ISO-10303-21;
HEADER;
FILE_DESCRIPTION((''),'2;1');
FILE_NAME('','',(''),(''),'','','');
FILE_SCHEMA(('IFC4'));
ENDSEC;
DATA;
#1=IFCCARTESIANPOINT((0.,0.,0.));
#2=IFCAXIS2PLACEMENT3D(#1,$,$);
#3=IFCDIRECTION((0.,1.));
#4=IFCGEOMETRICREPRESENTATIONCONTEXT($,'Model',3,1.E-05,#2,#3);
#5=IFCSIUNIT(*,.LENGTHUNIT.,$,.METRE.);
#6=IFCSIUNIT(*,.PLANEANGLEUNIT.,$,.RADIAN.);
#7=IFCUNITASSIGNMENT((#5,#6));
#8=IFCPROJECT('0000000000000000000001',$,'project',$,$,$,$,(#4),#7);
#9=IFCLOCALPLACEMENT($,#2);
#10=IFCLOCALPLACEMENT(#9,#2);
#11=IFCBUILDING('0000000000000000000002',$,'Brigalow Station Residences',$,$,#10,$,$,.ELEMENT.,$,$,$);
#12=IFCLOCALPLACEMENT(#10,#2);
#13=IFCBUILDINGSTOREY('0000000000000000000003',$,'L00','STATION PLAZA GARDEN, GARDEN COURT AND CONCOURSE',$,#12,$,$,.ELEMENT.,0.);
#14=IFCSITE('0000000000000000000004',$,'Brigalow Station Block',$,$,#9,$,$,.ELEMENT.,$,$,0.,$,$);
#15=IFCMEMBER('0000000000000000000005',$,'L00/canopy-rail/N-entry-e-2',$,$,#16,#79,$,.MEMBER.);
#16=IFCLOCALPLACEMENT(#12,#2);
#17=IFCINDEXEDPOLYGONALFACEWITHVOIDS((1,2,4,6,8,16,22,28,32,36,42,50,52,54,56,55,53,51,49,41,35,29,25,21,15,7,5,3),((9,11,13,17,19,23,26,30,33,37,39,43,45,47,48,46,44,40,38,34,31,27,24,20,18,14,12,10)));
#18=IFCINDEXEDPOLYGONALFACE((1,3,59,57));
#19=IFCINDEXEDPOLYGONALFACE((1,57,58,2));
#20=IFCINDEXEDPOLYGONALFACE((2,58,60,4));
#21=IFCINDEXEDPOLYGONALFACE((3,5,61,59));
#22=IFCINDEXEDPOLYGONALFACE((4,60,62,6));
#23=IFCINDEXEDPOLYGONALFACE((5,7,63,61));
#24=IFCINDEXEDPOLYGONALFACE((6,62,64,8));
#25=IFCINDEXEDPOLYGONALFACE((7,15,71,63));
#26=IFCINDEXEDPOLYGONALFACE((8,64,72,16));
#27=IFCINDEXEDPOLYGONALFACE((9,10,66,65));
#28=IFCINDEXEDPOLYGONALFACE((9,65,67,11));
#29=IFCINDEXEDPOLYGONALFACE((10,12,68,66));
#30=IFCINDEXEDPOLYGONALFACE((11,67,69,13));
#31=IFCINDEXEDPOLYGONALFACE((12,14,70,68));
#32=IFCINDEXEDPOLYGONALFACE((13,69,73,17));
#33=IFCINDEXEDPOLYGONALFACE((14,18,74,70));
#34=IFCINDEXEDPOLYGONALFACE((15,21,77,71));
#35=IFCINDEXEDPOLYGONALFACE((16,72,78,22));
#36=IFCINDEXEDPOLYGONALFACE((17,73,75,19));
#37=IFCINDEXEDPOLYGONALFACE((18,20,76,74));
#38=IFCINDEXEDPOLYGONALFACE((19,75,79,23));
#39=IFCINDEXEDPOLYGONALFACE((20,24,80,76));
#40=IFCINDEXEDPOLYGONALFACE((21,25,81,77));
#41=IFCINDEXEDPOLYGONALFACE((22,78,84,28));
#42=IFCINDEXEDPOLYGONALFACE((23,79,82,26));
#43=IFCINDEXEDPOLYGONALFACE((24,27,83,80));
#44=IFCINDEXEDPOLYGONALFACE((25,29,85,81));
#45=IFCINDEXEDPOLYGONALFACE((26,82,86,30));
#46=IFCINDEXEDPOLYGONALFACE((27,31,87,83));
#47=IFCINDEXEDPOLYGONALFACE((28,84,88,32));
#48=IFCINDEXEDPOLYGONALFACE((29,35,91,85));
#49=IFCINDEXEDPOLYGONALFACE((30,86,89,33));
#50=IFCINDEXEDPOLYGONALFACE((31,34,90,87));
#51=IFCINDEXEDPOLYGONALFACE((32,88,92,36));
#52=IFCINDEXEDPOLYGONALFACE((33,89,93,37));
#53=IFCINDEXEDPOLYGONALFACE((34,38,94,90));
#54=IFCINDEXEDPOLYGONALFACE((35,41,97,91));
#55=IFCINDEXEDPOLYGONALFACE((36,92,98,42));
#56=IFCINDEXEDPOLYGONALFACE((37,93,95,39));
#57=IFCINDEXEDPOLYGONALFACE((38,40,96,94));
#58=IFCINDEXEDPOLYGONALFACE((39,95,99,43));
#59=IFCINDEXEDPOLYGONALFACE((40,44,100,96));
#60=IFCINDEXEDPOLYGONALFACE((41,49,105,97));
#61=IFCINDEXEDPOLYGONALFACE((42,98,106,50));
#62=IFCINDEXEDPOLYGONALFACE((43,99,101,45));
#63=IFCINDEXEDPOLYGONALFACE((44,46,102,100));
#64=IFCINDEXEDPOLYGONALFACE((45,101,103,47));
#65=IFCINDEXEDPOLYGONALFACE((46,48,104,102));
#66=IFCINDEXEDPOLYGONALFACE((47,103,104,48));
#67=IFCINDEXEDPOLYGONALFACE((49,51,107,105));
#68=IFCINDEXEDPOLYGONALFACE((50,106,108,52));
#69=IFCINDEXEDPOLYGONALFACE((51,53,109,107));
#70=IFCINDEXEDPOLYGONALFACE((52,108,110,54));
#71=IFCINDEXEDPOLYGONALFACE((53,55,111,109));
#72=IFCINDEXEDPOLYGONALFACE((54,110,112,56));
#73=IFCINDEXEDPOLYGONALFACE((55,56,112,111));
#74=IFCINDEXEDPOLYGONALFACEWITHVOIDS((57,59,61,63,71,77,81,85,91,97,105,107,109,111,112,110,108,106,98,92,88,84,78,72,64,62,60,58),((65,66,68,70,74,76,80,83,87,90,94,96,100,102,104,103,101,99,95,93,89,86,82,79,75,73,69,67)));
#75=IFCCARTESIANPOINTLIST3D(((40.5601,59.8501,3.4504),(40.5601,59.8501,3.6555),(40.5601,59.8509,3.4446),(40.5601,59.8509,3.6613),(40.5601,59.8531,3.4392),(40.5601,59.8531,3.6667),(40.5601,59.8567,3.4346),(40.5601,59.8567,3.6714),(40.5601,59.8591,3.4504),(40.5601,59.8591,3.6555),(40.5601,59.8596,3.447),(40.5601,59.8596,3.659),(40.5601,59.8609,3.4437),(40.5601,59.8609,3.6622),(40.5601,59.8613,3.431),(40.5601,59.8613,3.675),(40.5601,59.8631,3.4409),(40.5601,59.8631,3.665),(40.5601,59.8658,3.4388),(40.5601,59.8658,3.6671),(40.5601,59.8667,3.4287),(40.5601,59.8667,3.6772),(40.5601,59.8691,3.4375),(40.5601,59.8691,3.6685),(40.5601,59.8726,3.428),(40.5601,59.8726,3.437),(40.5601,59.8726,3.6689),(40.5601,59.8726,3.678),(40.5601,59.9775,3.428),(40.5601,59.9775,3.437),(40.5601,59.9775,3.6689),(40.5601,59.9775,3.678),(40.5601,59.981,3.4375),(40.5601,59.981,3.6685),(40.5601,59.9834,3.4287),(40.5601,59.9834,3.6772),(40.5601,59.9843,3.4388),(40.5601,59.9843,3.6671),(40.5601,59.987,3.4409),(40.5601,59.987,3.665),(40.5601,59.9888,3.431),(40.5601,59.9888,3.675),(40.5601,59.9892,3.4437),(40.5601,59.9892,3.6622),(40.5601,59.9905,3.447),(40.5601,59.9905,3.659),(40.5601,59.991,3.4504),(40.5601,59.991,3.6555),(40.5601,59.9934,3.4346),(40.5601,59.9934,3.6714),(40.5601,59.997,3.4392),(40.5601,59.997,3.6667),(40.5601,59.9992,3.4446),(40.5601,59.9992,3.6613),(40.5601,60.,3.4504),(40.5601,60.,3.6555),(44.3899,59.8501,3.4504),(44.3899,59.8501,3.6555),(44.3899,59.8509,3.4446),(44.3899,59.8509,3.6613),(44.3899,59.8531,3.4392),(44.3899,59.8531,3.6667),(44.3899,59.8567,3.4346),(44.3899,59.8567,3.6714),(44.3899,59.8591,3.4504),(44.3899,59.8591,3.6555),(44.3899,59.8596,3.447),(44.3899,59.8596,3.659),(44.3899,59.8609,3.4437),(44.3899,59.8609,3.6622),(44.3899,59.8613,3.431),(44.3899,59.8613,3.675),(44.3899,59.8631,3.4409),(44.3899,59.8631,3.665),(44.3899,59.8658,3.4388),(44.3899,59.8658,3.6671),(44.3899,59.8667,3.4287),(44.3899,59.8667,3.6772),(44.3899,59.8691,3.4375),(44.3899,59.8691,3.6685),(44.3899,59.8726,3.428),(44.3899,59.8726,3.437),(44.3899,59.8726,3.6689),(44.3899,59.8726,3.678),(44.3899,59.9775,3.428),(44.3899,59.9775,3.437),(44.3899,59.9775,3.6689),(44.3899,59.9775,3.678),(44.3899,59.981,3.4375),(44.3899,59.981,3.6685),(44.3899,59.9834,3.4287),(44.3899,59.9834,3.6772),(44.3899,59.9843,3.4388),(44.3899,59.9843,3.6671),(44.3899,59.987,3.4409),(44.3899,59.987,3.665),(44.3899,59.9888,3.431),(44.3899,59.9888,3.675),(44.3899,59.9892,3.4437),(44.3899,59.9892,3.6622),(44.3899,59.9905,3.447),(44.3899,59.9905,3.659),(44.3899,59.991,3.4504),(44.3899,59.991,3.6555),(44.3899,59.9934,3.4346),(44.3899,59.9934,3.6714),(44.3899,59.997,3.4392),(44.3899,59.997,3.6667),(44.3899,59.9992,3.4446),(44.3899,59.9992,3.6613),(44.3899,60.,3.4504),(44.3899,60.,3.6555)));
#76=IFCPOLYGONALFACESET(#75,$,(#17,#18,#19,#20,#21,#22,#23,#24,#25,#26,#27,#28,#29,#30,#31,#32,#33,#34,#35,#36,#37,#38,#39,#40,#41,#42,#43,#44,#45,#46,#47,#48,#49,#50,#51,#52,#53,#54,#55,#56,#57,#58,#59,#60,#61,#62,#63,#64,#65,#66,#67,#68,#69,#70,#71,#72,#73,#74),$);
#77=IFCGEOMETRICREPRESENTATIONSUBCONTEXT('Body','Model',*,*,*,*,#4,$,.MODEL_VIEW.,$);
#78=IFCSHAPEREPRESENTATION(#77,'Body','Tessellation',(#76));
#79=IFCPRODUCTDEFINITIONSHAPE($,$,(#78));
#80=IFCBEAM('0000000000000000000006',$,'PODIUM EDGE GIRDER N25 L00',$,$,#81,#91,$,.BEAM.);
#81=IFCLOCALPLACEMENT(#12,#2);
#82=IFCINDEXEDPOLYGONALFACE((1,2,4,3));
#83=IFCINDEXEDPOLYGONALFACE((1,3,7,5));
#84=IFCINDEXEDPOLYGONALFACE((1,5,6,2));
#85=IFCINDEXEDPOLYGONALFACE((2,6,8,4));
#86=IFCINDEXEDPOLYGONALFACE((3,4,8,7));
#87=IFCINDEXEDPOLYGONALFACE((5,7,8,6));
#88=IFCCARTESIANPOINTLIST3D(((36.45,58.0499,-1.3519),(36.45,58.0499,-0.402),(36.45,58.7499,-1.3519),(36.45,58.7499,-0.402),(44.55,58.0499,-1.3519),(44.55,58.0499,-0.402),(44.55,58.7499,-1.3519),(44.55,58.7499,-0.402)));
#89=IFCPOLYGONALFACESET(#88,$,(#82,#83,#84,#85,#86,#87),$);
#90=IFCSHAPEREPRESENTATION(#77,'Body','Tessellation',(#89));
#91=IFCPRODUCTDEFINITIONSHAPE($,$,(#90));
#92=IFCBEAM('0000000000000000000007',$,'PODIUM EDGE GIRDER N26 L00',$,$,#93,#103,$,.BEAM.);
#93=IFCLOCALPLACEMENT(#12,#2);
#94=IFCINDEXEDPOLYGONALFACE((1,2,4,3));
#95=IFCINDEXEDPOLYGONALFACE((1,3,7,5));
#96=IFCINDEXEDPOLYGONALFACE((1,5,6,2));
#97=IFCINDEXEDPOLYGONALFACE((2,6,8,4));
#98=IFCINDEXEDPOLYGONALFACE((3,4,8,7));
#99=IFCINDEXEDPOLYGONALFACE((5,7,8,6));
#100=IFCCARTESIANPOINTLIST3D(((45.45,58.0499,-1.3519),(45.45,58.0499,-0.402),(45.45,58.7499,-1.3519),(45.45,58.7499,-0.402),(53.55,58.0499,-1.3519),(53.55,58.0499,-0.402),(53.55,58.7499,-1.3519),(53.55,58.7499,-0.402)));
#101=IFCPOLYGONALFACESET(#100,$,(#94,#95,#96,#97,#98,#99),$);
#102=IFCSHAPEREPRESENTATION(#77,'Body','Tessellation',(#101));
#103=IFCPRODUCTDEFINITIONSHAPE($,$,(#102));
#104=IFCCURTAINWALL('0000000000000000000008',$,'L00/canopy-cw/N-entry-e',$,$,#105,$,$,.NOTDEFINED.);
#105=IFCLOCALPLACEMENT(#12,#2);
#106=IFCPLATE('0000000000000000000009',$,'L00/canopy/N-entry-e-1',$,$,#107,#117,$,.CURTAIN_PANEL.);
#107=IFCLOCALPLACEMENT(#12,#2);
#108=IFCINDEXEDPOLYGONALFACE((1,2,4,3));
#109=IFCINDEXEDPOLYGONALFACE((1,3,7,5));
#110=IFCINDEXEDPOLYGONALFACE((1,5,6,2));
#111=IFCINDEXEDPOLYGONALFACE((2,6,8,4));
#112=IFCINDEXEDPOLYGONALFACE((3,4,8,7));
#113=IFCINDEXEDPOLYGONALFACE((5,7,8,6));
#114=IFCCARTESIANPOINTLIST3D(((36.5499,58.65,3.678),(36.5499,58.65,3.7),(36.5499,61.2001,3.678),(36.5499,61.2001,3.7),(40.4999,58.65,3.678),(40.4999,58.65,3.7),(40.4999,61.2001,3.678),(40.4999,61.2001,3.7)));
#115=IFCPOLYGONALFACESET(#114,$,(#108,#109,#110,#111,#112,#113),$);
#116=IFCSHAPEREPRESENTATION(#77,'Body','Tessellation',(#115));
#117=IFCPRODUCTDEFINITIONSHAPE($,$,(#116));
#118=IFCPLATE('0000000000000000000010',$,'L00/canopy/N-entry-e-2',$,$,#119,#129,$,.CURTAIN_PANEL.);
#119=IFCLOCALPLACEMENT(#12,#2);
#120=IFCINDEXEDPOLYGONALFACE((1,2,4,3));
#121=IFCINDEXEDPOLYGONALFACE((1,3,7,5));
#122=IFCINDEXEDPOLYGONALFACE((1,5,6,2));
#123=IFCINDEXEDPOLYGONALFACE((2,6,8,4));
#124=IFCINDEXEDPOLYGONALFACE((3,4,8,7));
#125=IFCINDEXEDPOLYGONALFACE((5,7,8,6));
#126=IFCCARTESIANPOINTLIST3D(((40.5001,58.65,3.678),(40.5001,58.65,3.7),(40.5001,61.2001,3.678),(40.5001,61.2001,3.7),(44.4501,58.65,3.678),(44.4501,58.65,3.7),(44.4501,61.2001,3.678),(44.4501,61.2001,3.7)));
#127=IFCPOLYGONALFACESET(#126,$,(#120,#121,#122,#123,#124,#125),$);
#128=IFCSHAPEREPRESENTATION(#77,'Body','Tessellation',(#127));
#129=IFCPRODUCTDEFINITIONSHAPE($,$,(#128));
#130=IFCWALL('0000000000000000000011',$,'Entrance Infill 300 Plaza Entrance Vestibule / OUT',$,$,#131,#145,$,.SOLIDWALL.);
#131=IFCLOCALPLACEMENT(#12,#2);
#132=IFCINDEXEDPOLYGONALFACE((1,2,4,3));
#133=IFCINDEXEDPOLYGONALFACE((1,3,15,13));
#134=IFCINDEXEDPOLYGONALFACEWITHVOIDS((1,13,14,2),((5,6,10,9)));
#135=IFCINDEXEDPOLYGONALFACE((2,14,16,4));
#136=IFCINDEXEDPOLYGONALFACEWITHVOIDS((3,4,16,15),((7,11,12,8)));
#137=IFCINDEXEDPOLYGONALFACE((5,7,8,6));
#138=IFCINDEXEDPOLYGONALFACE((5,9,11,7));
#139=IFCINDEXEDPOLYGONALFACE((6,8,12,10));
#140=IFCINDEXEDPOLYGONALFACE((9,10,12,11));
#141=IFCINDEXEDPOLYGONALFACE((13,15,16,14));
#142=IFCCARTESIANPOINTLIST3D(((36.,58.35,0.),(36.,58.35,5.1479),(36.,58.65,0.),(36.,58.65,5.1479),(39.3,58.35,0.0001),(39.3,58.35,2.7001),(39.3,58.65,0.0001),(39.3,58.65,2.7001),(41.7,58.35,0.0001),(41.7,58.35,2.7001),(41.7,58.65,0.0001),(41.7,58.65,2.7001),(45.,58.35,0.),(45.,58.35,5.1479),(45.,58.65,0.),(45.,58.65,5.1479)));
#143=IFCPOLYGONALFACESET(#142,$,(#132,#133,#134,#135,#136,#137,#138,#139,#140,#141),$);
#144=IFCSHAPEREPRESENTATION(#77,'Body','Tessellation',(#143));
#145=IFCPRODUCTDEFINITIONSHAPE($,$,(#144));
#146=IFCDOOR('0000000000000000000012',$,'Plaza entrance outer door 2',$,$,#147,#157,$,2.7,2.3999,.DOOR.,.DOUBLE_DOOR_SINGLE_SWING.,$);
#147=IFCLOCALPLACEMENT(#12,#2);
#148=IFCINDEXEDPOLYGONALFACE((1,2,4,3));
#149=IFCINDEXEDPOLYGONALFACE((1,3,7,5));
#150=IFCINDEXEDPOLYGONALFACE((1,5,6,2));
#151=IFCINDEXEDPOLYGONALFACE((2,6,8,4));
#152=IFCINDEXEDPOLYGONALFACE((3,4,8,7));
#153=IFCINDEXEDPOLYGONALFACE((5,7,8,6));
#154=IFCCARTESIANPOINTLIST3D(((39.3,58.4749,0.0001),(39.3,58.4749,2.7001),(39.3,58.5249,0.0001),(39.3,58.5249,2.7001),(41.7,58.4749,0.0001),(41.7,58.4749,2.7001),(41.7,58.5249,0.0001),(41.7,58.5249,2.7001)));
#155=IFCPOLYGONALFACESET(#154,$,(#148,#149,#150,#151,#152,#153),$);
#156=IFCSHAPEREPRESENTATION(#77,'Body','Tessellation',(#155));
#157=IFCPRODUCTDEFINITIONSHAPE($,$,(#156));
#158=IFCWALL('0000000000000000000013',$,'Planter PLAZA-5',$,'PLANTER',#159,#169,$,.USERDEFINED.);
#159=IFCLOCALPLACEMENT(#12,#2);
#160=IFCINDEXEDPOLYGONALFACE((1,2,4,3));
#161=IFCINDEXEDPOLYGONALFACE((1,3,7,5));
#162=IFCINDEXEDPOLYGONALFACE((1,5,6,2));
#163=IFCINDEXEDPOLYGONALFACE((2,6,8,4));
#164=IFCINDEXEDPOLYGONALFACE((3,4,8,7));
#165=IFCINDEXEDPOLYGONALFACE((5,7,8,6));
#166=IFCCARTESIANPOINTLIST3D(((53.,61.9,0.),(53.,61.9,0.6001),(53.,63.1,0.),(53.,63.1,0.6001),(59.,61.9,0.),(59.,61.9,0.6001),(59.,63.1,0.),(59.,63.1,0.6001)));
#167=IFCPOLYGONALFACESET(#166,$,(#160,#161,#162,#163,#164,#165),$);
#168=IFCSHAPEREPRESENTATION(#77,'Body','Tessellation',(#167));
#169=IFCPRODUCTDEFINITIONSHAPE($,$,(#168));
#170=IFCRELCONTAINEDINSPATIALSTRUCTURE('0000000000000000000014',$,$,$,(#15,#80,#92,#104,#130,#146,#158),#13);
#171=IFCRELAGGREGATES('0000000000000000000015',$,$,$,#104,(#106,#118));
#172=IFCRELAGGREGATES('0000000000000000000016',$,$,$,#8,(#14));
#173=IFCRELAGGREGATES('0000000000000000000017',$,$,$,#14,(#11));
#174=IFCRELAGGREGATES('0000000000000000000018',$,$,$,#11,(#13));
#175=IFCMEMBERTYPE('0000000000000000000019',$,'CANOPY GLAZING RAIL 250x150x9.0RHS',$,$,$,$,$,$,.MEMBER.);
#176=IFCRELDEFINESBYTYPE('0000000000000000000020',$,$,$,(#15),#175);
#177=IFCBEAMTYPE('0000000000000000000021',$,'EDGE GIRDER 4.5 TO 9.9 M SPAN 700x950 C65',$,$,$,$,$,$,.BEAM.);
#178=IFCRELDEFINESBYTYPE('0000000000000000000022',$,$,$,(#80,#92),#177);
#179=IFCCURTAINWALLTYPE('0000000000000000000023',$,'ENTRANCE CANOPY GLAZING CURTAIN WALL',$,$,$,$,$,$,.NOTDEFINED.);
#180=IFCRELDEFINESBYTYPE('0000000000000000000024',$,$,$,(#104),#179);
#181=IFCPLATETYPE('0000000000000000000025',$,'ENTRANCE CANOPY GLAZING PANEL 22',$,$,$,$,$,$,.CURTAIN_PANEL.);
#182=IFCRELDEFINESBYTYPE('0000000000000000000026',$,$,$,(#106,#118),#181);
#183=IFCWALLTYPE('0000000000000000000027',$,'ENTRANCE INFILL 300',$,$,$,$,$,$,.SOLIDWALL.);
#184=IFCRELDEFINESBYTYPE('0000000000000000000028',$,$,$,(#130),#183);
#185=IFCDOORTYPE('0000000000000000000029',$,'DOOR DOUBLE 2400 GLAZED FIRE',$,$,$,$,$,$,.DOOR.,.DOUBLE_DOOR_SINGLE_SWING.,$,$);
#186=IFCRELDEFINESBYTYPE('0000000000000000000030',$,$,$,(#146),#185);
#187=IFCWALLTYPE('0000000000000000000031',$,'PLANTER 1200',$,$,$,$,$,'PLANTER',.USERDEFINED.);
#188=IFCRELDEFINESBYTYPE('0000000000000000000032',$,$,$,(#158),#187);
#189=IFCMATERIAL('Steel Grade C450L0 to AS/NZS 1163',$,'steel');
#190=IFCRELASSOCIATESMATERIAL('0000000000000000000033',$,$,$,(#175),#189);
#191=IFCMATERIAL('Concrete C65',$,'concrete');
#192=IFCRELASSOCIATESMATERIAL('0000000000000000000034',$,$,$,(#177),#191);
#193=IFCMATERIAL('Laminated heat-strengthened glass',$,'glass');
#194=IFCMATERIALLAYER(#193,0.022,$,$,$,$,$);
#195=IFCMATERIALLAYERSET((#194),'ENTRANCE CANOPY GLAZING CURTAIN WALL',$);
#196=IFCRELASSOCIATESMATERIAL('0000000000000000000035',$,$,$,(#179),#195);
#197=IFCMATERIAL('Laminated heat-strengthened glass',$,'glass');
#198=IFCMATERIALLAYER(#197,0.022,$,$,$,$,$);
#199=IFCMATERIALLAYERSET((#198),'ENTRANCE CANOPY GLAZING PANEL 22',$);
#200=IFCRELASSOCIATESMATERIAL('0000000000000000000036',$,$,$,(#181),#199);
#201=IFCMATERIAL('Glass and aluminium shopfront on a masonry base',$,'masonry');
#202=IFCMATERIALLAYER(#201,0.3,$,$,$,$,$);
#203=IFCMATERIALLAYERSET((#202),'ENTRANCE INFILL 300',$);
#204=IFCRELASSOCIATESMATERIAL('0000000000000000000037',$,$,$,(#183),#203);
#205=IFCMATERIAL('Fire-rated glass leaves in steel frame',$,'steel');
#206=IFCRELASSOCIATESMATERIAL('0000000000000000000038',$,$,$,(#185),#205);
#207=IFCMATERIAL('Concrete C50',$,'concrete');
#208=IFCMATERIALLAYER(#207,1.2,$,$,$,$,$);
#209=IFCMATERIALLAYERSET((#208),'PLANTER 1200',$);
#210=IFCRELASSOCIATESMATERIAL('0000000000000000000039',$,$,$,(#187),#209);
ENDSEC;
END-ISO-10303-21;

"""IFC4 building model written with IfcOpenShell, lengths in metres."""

from ifc_helpers import new_model, si_unit, direction, frame, frame_2d, origin, origin_2d, place, context, subcontext, project, spatial, rectangle, hollow_rectangle, extrude, material, layer, layer_set, material_profile, profile_set, type_object, element, fill, aggregate, save


model = new_model("IFC4")

# Units and contexts
model_context = context("Model", 3, precision=1e-05, world=origin(), true_north=direction((0.0, 1.0)))
body_context = subcontext(model_context, "Body", "Model", "MODEL_VIEW")
ifc_project = project(units=[si_unit("LENGTHUNIT", "METRE"), si_unit("PLANEANGLEUNIT", "RADIAN")], contexts=[model_context])

# Site, building, storey
site_placement = place(None, origin())
site = spatial("IfcSite", under=ifc_project, at=site_placement, Name="Brigalow Station Block", CompositionType="ELEMENT", RefElevation=0.0)
building_placement = place(site_placement, origin())
building = spatial("IfcBuilding", under=site, at=building_placement, Name="Brigalow Station Residences", CompositionType="ELEMENT")
storey_placement = place(building_placement, origin())
storey = spatial("IfcBuildingStorey", under=building, at=storey_placement, Name="L00", Description="STATION PLAZA GARDEN, GARDEN COURT AND CONCOURSE", CompositionType="ELEMENT", Elevation=0.0)

# Member
ifc_material_1 = material(Name="Steel Grade C450L0 to AS/NZS 1163", Category="steel")
ifc_material_profile_1 = material_profile(ifc_material_1, hollow_rectangle(XDim=0.1499, YDim=0.25, WallThickness=0.009, InnerFilletRadius=0.0134, OuterFilletRadius=0.0225, at=origin_2d()), Name="250x150x9.0RHS")
ifc_profile_set_1 = profile_set([ifc_material_profile_1], Name="Steel Grade C450L0 to AS/NZS 1163")
member_type = type_object("IfcMemberType", Name="CANOPY GLAZING RAIL 250x150x9.0RHS", PredefinedType="MEMBER", material=ifc_profile_set_1)
for number, where, z_axis, x_axis, name in (
    (1, (40.5601, 59.925, 3.553), (1.0, 0.0, 0.0), (0.0, 1.0, 0.0), "L00/canopy-rail/N-entry-e-2"),
):
    element("IfcMember", number, at=place(storey_placement, frame(where, z_axis=z_axis, x_axis=x_axis)), inside=storey, type_object=member_type, Name=name, PredefinedType="MEMBER", context=body_context, shape_type="SweptSolid", body=[
        extrude(hollow_rectangle(XDim=0.1499, YDim=0.25, WallThickness=0.009, InnerFilletRadius=0.0134, OuterFilletRadius=0.0225, at=origin_2d()), origin(), (0.0, 0.0, 1.0), 3.8298),
    ])

# Beams
ifc_material_2 = material(Name="Concrete C65", Category="concrete")
ifc_material_profile_2 = material_profile(ifc_material_2, rectangle(XDim=0.7, YDim=0.95, at=origin_2d()), Name="RC700x950")
ifc_profile_set_2 = profile_set([ifc_material_profile_2], Name="Concrete C65")
beam_type_1 = type_object("IfcBeamType", Name="EDGE GIRDER 4.5 TO 9.9 M SPAN 700x950 C65", PredefinedType="BEAM", material=ifc_profile_set_2)
for number, where, z_axis, x_axis, name in (
    (2, (36.45, 58.3999, -0.877), (1.0, 0.0, 0.0), (0.0, 1.0, 0.0), "PODIUM EDGE GIRDER N25 L00"),
    (3, (45.45, 58.3999, -0.877), (1.0, 0.0, 0.0), (0.0, 1.0, 0.0), "PODIUM EDGE GIRDER N26 L00"),
):
    element("IfcBeam", number, at=place(storey_placement, frame(where, z_axis=z_axis, x_axis=x_axis)), inside=storey, type_object=beam_type_1, Name=name, PredefinedType="BEAM", context=body_context, shape_type="SweptSolid", body=[
        extrude(rectangle(XDim=0.7, YDim=0.95, at=origin_2d()), origin(), (0.0, 0.0, 1.0), 8.1001),
    ])

# Curtain wall, plates
ifc_material_3 = material(Name="Laminated heat-strengthened glass", Category="glass")
ifc_layer_1 = layer(ifc_material_3, 0.022)
ifc_layer_set_1 = layer_set([ifc_layer_1], Name="ENTRANCE CANOPY GLAZING CURTAIN WALL")
curtain_wall_type = type_object("IfcCurtainWallType", Name="ENTRANCE CANOPY GLAZING CURTAIN WALL", PredefinedType="NOTDEFINED", material=ifc_layer_set_1)
curtain_wall_placement = place(storey_placement, origin())
curtain_wall = element("IfcCurtainWall", 4, at=curtain_wall_placement, inside=storey, type_object=curtain_wall_type, Name="L00/canopy-cw/N-entry-e", PredefinedType="NOTDEFINED")
ifc_material_4 = material(Name="Laminated heat-strengthened glass", Category="glass")
ifc_layer_2 = layer(ifc_material_4, 0.022)
ifc_layer_set_2 = layer_set([ifc_layer_2], Name="ENTRANCE CANOPY GLAZING PANEL 22")
plate_type = type_object("IfcPlateType", Name="ENTRANCE CANOPY GLAZING PANEL 22", PredefinedType="CURTAIN_PANEL", material=ifc_layer_set_2)
plate_1_placement = place(storey_placement, frame((38.5249, 59.925, 3.678), z_axis=(0.0, 0.0, 1.0), x_axis=(1.0, 0.0, 0.0)))
plate_1 = element("IfcPlate", 5, at=plate_1_placement, type_object=plate_type, Name="L00/canopy/N-entry-e-1", PredefinedType="CURTAIN_PANEL", context=body_context, shape_type="SweptSolid", body=[
    extrude(rectangle(XDim=3.95, YDim=2.55, at=origin_2d()), origin(), (0.0, 0.0, 1.0), 0.022),
])
plate_2_placement = place(storey_placement, frame((42.4751, 59.925, 3.678), z_axis=(0.0, 0.0, 1.0), x_axis=(1.0, 0.0, 0.0)))
plate_2 = element("IfcPlate", 6, at=plate_2_placement, type_object=plate_type, Name="L00/canopy/N-entry-e-2", PredefinedType="CURTAIN_PANEL", context=body_context, shape_type="SweptSolid", body=[
    extrude(rectangle(XDim=3.95, YDim=2.55, at=origin_2d()), origin(), (0.0, 0.0, 1.0), 0.022),
])
aggregate(curtain_wall, [plate_1, plate_2])

# Wall, opening, door
ifc_material_5 = material(Name="Glass and aluminium shopfront on a masonry base", Category="masonry")
ifc_layer_3 = layer(ifc_material_5, 0.3)
ifc_layer_set_3 = layer_set([ifc_layer_3], Name="ENTRANCE INFILL 300")
wall_type_1 = type_object("IfcWallType", Name="ENTRANCE INFILL 300", PredefinedType="SOLIDWALL", material=ifc_layer_set_3)
wall_1_placement = place(storey_placement, frame((36.0, 58.5, 0.0), z_axis=(0.0, 0.0, 1.0), x_axis=(1.0, 0.0, 0.0)))
wall_1 = element("IfcWall", 7, at=wall_1_placement, inside=storey, type_object=wall_type_1, Name="Entrance Infill 300 Plaza Entrance Vestibule / OUT", PredefinedType="SOLIDWALL", context=body_context, shape_type="SweptSolid", body=[
    extrude(rectangle(XDim=9.0, YDim=0.3, at=frame_2d((4.5, 0.0))), origin(), (0.0, 0.0, 1.0), 5.1479),
])
opening_placement = place(wall_1_placement, frame((3.3, 0.0, 0.0)))
opening = element("IfcOpeningElement", 8, at=opening_placement, cuts=wall_1, PredefinedType="OPENING", context=body_context, shape_type="SweptSolid", body=[
    extrude(rectangle(XDim=2.3999, YDim=2.7, at=frame_2d((1.2, 1.3501))), frame((0.0, 0.1602, 0.0), z_axis=(0.0, -1.0, 0.0), x_axis=(1.0, 0.0, 0.0)), (0.0, 0.0, 1.0), 0.3201),
])
ifc_material_6 = material(Name="Fire-rated glass leaves in steel frame", Category="steel")
door_type = type_object("IfcDoorType", Name="DOOR DOUBLE 2400 GLAZED FIRE", OperationType="DOUBLE_DOOR_SINGLE_SWING", PredefinedType="DOOR", material=ifc_material_6)
door_placement = place(opening_placement, origin())
door = element("IfcDoor", 9, at=door_placement, inside=storey, type_object=door_type, Name="Plaza entrance outer door 2", OperationType="DOUBLE_DOOR_SINGLE_SWING", OverallHeight=2.7, OverallWidth=2.3999, PredefinedType="DOOR", context=body_context, shape_type="SweptSolid", body=[
    extrude(rectangle(XDim=2.3999, YDim=2.7, at=frame_2d((1.2, 1.3501))), frame((0.0, 0.0249, 0.0), z_axis=(0.0, -1.0, 0.0), x_axis=(1.0, 0.0, 0.0)), (0.0, 0.0, 1.0), 0.05),
])
fill(opening, door)

# Wall
ifc_material_7 = material(Name="Concrete C50", Category="concrete")
ifc_layer_4 = layer(ifc_material_7, 1.2)
ifc_layer_set_4 = layer_set([ifc_layer_4], Name="PLANTER 1200")
wall_type_2 = type_object("IfcWallType", Name="PLANTER 1200", ElementType="PLANTER", PredefinedType="USERDEFINED", material=ifc_layer_set_4)
wall_2_placement = place(storey_placement, frame((53.0, 62.5, 0.0), z_axis=(0.0, 0.0, 1.0), x_axis=(1.0, 0.0, 0.0)))
element("IfcWall", 10, at=wall_2_placement, inside=storey, type_object=wall_type_2, Name="Planter PLAZA-5", ObjectType="PLANTER", PredefinedType="USERDEFINED", context=body_context, shape_type="SweptSolid", body=[
    extrude(rectangle(XDim=6.0, YDim=1.2, at=frame_2d((3.0, 0.0))), origin(), (0.0, 0.0, 1.0), 0.6001),
])

save(model, "model.ifc")
